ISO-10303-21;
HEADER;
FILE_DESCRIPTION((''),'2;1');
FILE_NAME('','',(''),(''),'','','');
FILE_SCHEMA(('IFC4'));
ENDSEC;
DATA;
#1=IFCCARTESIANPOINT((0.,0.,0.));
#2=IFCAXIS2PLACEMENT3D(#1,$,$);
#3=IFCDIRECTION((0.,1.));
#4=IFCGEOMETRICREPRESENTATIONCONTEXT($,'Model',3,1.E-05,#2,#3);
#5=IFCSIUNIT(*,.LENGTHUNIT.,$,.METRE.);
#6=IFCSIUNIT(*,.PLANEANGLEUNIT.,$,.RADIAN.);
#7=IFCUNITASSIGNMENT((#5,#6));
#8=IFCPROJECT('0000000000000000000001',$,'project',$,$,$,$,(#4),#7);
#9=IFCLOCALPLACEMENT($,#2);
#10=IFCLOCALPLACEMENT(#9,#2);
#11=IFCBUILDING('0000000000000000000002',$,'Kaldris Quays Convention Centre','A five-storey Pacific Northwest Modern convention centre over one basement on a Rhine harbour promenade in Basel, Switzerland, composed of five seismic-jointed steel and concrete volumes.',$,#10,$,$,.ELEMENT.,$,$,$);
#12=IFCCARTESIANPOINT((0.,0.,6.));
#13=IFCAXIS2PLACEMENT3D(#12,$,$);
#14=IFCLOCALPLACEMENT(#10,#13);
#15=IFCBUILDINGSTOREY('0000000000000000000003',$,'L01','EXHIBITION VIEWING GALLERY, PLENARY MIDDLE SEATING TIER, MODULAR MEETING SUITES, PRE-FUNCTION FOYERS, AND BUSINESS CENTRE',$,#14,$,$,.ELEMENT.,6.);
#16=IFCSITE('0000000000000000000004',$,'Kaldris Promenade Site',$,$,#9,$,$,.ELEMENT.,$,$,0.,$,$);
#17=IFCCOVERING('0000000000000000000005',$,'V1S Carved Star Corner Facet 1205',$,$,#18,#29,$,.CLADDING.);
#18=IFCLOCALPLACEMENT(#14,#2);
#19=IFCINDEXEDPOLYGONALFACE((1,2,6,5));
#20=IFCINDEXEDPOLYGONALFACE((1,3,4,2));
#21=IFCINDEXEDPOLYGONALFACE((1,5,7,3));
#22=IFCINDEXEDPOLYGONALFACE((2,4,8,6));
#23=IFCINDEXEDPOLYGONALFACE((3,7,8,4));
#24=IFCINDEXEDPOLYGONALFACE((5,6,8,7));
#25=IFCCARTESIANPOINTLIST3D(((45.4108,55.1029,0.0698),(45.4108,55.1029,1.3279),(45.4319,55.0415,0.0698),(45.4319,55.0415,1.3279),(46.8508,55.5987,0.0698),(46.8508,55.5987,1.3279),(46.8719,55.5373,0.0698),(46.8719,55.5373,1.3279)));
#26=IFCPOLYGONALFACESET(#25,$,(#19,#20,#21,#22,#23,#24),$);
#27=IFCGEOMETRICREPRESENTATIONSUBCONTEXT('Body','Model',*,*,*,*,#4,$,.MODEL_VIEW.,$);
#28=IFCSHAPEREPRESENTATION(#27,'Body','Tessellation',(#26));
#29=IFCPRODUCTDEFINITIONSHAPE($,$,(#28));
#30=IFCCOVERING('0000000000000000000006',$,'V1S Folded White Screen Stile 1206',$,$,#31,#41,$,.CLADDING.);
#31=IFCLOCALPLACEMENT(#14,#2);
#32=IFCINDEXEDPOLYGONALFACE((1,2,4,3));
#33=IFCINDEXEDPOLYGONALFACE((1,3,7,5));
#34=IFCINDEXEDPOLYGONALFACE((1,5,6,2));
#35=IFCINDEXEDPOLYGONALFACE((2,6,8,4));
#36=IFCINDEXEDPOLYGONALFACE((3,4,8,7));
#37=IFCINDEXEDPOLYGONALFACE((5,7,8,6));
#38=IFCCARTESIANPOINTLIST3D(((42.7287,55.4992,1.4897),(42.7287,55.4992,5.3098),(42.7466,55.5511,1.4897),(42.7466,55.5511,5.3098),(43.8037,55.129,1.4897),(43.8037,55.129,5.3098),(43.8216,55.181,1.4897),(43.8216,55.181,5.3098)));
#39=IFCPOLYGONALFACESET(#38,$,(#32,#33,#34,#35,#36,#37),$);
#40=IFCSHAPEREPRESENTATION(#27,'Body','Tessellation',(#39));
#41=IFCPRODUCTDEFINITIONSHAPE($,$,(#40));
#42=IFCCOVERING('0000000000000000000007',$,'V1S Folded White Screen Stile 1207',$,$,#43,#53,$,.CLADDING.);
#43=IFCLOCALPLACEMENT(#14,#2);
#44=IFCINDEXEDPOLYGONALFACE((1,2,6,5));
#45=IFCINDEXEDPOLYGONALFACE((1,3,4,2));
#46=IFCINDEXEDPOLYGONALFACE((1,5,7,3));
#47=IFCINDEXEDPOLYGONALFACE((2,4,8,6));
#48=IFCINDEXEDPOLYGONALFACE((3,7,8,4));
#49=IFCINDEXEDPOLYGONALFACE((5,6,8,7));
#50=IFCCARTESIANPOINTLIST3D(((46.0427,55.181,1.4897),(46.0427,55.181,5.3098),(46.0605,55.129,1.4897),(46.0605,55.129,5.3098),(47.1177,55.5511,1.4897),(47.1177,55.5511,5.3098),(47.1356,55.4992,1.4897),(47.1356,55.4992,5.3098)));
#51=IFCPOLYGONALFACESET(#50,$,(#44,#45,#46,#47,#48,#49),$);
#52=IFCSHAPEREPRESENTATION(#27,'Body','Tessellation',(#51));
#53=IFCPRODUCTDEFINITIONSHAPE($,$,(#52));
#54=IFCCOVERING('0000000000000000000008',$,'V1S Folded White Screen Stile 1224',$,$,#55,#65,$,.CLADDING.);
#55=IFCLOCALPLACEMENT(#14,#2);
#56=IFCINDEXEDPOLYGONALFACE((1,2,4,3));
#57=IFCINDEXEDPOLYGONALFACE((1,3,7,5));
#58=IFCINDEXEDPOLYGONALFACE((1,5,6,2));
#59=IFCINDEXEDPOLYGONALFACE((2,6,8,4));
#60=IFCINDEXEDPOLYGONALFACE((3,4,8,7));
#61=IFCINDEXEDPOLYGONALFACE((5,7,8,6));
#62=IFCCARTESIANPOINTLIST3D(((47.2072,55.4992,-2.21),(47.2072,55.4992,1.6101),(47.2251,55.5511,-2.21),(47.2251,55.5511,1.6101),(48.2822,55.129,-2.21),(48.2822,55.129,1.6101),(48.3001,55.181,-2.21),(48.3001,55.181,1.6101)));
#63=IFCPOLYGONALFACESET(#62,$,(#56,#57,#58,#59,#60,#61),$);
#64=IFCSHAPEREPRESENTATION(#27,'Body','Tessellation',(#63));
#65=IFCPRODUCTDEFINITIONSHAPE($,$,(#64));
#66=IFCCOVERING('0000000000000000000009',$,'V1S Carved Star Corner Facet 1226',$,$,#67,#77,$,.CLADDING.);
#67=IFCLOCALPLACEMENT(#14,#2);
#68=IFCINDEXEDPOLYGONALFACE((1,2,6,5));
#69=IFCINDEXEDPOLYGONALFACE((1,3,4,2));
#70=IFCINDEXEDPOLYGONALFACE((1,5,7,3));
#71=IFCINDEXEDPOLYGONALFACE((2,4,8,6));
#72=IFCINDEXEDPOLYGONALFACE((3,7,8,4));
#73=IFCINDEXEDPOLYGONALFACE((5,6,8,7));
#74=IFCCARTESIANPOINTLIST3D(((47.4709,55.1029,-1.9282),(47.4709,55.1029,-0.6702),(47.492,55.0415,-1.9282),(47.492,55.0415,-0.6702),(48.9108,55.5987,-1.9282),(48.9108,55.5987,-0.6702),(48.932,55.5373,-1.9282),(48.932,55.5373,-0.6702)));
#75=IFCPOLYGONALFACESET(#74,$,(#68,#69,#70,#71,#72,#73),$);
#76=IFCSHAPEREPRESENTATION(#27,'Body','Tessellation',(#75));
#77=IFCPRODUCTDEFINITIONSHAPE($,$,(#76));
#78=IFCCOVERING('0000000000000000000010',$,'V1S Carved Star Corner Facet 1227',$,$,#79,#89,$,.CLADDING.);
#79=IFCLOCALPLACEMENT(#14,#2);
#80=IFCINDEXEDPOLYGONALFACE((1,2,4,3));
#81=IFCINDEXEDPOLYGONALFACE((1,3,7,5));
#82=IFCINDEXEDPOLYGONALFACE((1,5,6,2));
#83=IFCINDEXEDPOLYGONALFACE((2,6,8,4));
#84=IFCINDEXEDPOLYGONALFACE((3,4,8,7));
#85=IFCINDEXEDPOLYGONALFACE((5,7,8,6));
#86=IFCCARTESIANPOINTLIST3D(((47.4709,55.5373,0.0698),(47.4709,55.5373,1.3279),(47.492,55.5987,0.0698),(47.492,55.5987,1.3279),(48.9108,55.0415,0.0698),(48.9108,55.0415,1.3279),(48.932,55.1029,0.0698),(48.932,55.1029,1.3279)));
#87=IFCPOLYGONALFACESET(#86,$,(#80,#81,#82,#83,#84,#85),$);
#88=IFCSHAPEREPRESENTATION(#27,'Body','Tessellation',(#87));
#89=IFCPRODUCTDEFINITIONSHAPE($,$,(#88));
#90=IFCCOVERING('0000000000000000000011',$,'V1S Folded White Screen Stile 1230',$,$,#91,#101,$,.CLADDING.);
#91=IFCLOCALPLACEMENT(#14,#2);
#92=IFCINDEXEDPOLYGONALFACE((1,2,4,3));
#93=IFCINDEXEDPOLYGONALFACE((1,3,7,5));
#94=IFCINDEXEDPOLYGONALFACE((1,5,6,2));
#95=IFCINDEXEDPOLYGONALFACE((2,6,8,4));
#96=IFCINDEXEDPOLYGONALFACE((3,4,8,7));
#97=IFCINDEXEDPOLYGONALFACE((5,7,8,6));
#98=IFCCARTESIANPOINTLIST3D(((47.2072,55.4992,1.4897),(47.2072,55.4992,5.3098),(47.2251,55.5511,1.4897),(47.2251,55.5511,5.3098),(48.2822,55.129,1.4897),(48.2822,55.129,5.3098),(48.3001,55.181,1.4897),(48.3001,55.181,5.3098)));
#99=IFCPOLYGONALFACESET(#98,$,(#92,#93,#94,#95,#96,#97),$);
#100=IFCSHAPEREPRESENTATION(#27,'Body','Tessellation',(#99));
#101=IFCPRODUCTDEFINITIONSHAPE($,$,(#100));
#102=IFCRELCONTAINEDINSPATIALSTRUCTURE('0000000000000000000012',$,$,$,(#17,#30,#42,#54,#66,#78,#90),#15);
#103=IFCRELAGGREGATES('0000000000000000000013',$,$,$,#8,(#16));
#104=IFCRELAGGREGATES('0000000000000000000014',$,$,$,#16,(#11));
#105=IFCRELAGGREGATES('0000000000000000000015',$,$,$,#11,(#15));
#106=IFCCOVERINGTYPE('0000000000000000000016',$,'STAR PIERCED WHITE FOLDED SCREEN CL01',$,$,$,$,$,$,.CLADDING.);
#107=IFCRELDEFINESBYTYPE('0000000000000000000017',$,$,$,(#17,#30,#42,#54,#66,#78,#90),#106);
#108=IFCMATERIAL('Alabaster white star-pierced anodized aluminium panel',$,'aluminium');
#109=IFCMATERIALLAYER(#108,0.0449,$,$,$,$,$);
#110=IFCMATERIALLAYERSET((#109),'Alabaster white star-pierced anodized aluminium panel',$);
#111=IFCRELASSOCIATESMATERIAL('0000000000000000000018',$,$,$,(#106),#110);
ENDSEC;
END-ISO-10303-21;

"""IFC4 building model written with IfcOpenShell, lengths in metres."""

from ifc_helpers import new_model, si_unit, direction, frame, origin, origin_2d, place, context, subcontext, project, spatial, rectangle, extrude, material, layer, layer_set, type_object, element, save


model = new_model("IFC4")

# Units and contexts
model_context = context("Model", 3, precision=1e-05, world=origin(), true_north=direction((0.0, 1.0)))
body_context = subcontext(model_context, "Body", "Model", "MODEL_VIEW")
ifc_project = project(units=[si_unit("LENGTHUNIT", "METRE"), si_unit("PLANEANGLEUNIT", "RADIAN")], contexts=[model_context])

# Site, building, storey
site_placement = place(None, origin())
site = spatial("IfcSite", under=ifc_project, at=site_placement, Name="Kaldris Promenade Site", CompositionType="ELEMENT", RefElevation=0.0)
building_placement = place(site_placement, origin())
building = spatial("IfcBuilding", under=site, at=building_placement, Name="Kaldris Quays Convention Centre", Description="A five-storey Pacific Northwest Modern convention centre over one basement on a Rhine harbour promenade in Basel, Switzerland, composed of five seismic-jointed steel and concrete volumes.", CompositionType="ELEMENT")
storey_placement = place(building_placement, frame((0.0, 0.0, 6.0)))
storey = spatial("IfcBuildingStorey", under=building, at=storey_placement, Name="L01", Description="EXHIBITION VIEWING GALLERY, PLENARY MIDDLE SEATING TIER, MODULAR MEETING SUITES, PRE-FUNCTION FOYERS, AND BUSINESS CENTRE", CompositionType="ELEMENT", Elevation=6.0)

# Coverings
ifc_material_1 = material(Name="Alabaster white star-pierced anodized aluminium panel", Category="aluminium")
ifc_layer_1 = layer(ifc_material_1, 0.0449)
ifc_layer_set_1 = layer_set([ifc_layer_1], Name="Alabaster white star-pierced anodized aluminium panel")
covering_type = type_object("IfcCoveringType", Name="STAR PIERCED WHITE FOLDED SCREEN CL01", PredefinedType="CLADDING", material=ifc_layer_set_1)
for number, where, z_axis, x_axis, name in (
    (1, (46.1414, 55.3201, 0.0698), (0.0, 0.0, 1.0), (0.945519, 0.325568, 0.0), "V1S Carved Star Corner Facet 1205"),
):
    element("IfcCovering", number, at=place(storey_placement, frame(where, z_axis=z_axis, x_axis=x_axis)), inside=storey, type_object=covering_type, Name=name, PredefinedType="CLADDING", context=body_context, shape_type="SweptSolid", body=[
        extrude(rectangle(XDim=1.5229, YDim=0.0649, at=origin_2d()), origin(), (0.0, 0.0, 1.0), 1.2581),
    ])
for number, where, z_axis, x_axis, name in (
    (2, (43.2751, 55.3401, 1.4897), (0.0, 0.0, 1.0), (0.945519, -0.325568, 0.0), "V1S Folded White Screen Stile 1206"),
    (3, (46.5891, 55.3401, 1.4897), (0.0, 0.0, 1.0), (0.945519, 0.325568, 0.0), "V1S Folded White Screen Stile 1207"),
    (4, (47.7537, 55.3401, -2.21), (0.0, 0.0, 1.0), (0.945519, -0.325568, 0.0), "V1S Folded White Screen Stile 1224"),
):
    element("IfcCovering", number, at=place(storey_placement, frame(where, z_axis=z_axis, x_axis=x_axis)), inside=storey, type_object=covering_type, Name=name, PredefinedType="CLADDING", context=body_context, shape_type="SweptSolid", body=[
        extrude(rectangle(XDim=1.137, YDim=0.0549, at=origin_2d()), origin(), (0.0, 0.0, 1.0), 3.8201),
    ])
for number, where, z_axis, x_axis, name in (
    (5, (48.2014, 55.3201, -1.9282), (0.0, 0.0, 1.0), (0.945519, 0.325568, 0.0), "V1S Carved Star Corner Facet 1226"),
    (6, (48.2014, 55.3201, 0.0698), (0.0, 0.0, 1.0), (0.945519, -0.325568, 0.0), "V1S Carved Star Corner Facet 1227"),
):
    element("IfcCovering", number, at=place(storey_placement, frame(where, z_axis=z_axis, x_axis=x_axis)), inside=storey, type_object=covering_type, Name=name, PredefinedType="CLADDING", context=body_context, shape_type="SweptSolid", body=[
        extrude(rectangle(XDim=1.5229, YDim=0.0649, at=origin_2d()), origin(), (0.0, 0.0, 1.0), 1.2581),
    ])
covering_placement = place(storey_placement, frame((47.7537, 55.3401, 1.4897), z_axis=(0.0, 0.0, 1.0), x_axis=(0.945519, -0.325568, 0.0)))
element("IfcCovering", 7, at=covering_placement, inside=storey, type_object=covering_type, Name="V1S Folded White Screen Stile 1230", PredefinedType="CLADDING", context=body_context, shape_type="SweptSolid", body=[
    extrude(rectangle(XDim=1.137, YDim=0.0549, at=origin_2d()), origin(), (0.0, 0.0, 1.0), 3.8201),
])

save(model, "model.ifc")
